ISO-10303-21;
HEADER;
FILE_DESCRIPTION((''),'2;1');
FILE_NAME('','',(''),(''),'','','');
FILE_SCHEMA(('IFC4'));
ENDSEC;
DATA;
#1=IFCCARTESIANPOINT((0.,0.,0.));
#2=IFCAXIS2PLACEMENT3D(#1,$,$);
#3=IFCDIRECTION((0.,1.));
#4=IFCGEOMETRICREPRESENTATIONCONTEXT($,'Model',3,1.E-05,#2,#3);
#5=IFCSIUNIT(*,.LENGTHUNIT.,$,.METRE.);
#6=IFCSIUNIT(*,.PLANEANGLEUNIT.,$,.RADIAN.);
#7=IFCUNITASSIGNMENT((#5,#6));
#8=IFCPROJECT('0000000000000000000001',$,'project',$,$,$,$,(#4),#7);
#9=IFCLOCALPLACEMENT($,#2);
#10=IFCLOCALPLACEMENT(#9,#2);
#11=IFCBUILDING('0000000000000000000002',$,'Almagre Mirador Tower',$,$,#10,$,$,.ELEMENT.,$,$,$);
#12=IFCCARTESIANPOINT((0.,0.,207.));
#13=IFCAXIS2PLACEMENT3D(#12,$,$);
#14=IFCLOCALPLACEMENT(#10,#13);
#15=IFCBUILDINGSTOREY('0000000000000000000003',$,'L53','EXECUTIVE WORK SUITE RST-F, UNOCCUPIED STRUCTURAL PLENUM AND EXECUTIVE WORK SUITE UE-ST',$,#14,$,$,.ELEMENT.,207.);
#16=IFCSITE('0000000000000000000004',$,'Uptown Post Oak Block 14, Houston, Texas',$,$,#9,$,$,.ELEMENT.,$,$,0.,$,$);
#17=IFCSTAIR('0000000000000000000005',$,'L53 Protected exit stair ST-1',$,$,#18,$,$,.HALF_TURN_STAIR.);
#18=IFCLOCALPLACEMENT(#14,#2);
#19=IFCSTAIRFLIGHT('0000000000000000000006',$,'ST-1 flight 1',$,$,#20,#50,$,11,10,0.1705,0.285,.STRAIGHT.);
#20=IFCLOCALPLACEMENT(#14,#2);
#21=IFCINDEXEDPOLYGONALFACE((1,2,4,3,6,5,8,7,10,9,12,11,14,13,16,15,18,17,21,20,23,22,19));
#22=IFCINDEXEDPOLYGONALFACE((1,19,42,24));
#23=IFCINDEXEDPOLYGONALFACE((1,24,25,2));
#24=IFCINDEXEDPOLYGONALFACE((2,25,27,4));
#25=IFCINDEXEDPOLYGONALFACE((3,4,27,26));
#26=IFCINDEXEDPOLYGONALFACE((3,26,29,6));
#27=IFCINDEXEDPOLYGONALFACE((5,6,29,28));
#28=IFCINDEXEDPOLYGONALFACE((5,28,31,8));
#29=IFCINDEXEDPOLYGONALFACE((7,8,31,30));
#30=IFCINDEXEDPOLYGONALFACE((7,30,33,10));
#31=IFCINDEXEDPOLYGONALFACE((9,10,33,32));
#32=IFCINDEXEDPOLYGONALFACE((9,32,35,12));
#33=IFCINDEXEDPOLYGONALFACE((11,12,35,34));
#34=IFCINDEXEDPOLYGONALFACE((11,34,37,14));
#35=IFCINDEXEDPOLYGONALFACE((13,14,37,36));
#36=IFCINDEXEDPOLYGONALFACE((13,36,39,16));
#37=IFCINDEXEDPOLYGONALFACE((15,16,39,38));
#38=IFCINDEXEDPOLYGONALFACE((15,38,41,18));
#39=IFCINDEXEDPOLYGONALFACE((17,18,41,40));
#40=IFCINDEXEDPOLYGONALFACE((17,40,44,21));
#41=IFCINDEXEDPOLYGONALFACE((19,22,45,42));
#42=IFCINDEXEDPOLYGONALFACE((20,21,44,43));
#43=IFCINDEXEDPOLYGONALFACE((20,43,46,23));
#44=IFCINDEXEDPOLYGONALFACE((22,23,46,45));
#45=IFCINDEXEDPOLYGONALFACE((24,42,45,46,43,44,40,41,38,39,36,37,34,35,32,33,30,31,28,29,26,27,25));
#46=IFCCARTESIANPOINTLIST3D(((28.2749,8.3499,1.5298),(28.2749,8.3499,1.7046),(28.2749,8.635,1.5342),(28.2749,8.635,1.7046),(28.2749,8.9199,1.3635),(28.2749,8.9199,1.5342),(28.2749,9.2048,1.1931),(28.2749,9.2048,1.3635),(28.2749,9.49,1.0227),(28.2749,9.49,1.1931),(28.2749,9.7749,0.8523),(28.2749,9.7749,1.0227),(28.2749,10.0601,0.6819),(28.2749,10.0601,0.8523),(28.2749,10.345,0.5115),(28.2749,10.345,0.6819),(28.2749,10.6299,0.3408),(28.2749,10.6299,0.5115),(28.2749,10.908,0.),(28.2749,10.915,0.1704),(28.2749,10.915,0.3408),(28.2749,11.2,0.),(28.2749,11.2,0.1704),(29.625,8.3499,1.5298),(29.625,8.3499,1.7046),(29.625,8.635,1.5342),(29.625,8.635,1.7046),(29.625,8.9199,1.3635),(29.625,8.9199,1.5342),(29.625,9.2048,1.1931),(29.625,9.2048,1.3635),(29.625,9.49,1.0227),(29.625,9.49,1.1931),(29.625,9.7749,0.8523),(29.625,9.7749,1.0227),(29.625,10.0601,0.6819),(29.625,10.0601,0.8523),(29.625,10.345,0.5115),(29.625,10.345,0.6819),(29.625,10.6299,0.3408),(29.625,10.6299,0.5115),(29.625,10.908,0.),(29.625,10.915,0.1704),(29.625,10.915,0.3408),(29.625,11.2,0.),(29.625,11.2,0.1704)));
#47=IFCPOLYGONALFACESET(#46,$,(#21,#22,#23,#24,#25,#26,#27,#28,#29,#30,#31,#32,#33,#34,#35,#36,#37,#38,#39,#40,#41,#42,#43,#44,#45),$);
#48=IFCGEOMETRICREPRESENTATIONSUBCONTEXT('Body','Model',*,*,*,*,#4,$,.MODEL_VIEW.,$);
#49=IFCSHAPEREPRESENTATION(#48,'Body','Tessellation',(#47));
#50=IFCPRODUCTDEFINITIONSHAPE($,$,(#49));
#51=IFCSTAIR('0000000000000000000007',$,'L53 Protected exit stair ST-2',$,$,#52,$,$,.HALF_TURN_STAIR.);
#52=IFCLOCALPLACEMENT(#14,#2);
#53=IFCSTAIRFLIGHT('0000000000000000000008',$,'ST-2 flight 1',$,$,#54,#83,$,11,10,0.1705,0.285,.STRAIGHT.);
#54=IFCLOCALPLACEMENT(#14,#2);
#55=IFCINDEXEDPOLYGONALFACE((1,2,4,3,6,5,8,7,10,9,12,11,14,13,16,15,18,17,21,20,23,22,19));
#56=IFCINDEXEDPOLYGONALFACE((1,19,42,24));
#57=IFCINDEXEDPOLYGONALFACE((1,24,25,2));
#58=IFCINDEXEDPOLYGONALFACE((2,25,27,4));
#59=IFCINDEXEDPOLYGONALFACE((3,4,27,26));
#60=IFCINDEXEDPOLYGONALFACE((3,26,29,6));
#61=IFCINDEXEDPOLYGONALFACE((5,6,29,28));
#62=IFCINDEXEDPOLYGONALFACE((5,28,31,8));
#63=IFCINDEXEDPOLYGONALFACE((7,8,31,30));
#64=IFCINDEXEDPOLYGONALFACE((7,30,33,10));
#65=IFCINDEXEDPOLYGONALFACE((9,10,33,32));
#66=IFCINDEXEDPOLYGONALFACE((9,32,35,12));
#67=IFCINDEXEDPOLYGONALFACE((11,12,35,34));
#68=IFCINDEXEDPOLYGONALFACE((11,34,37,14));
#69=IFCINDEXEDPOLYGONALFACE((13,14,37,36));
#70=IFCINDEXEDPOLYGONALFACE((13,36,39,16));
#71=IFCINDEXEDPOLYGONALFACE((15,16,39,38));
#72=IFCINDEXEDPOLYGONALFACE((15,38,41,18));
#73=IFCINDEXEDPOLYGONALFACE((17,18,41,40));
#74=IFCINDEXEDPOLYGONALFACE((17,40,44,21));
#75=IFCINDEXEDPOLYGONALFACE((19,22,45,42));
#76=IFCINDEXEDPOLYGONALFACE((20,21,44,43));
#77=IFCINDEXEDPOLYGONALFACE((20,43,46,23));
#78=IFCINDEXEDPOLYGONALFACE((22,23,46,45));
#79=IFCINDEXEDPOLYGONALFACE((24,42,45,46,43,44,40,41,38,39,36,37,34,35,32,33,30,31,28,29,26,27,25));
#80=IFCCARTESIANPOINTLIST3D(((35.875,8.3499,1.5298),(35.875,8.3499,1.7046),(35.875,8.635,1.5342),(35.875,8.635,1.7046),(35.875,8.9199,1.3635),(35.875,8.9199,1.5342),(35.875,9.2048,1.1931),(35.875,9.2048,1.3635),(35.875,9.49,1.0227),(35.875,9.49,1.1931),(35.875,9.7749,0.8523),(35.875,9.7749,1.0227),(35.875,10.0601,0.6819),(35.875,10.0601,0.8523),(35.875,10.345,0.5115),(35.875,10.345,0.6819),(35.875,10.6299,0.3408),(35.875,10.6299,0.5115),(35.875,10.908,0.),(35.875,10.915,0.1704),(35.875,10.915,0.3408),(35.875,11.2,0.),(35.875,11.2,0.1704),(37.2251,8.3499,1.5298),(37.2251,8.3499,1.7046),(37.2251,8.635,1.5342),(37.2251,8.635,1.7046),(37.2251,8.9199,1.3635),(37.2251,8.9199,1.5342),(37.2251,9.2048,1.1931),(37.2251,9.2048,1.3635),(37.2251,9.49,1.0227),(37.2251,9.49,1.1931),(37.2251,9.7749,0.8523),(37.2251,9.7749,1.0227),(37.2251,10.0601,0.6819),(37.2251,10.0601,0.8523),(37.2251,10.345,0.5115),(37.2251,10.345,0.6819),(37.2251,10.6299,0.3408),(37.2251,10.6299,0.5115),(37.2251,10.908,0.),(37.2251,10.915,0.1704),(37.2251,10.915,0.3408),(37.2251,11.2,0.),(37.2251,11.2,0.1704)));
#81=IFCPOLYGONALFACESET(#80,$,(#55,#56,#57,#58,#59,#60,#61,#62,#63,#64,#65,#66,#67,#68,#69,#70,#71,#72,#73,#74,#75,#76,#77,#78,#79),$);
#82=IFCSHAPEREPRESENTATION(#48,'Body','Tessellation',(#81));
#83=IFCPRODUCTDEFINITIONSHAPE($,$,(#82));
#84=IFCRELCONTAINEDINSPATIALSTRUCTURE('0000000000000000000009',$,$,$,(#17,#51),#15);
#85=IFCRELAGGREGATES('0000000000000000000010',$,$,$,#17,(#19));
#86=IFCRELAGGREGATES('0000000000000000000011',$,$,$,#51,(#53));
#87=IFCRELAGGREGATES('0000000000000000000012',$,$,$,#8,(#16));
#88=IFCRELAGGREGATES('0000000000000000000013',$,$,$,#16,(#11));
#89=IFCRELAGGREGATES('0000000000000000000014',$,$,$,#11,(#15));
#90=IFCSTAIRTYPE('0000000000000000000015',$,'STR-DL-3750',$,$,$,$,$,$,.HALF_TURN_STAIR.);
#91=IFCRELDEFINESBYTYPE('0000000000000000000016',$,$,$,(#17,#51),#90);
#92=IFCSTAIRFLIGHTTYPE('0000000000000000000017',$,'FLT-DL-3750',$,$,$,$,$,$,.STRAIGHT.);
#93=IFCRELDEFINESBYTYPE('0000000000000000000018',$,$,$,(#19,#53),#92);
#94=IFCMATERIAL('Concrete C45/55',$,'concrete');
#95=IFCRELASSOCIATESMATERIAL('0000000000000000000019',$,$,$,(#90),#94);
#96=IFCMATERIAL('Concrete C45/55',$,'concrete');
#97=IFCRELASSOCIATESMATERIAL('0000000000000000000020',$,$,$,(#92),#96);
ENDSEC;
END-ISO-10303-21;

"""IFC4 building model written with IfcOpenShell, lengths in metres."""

from ifc_helpers import new_model, si_unit, direction, frame, origin, place, context, subcontext, project, spatial, polyline, outline, extrude, material, type_object, element, aggregate, save


model = new_model("IFC4")

# Units and contexts
model_context = context("Model", 3, precision=1e-05, world=origin(), true_north=direction((0.0, 1.0)))
body_context = subcontext(model_context, "Body", "Model", "MODEL_VIEW")
ifc_project = project(units=[si_unit("LENGTHUNIT", "METRE"), si_unit("PLANEANGLEUNIT", "RADIAN")], contexts=[model_context])

# Site, building, storey
site_placement = place(None, origin())
site = spatial("IfcSite", under=ifc_project, at=site_placement, Name="Uptown Post Oak Block 14, Houston, Texas", CompositionType="ELEMENT", RefElevation=0.0)
building_placement = place(site_placement, origin())
building = spatial("IfcBuilding", under=site, at=building_placement, Name="Almagre Mirador Tower", CompositionType="ELEMENT")
storey_placement = place(building_placement, frame((0.0, 0.0, 207.0)))
storey = spatial("IfcBuildingStorey", under=building, at=storey_placement, Name="L53", Description="EXECUTIVE WORK SUITE RST-F, UNOCCUPIED STRUCTURAL PLENUM AND EXECUTIVE WORK SUITE UE-ST", CompositionType="ELEMENT", Elevation=207.0)

# Stairs, stair flights
ifc_material_1 = material(Name="Concrete C45/55", Category="concrete")
stair_type = type_object("IfcStairType", Name="STR-DL-3750", PredefinedType="HALF_TURN_STAIR", material=ifc_material_1)
stair_1_placement = place(storey_placement, origin())
stair_1 = element("IfcStair", 1, at=stair_1_placement, inside=storey, type_object=stair_type, Name="L53 Protected exit stair ST-1", PredefinedType="HALF_TURN_STAIR")
ifc_material_2 = material(Name="Concrete C45/55", Category="concrete")
stair_flight_type = type_object("IfcStairFlightType", Name="FLT-DL-3750", PredefinedType="STRAIGHT", material=ifc_material_2)
stair_flight_1_placement = place(storey_placement, frame((28.95, 11.2, 0.0), z_axis=(0.0, 0.0, 1.0), x_axis=(0.0, -1.0, 0.0)))
stair_flight_1 = element("IfcStairFlight", 2, at=stair_flight_1_placement, type_object=stair_flight_type, Name="ST-1 flight 1", NumberOfRisers=11, NumberOfTreads=10, PredefinedType="STRAIGHT", RiserHeight=0.1705, TreadLength=0.285, context=body_context, shape_type="SweptSolid", body=[
    extrude(outline(polyline([(0.0, 0.0), (0.0, 0.1704), (0.2849, 0.1704), (0.2849, 0.3408), (0.5701, 0.3408), (0.5701, 0.5115), (0.855, 0.5115), (0.855, 0.6819), (1.1399, 0.6819), (1.1399, 0.8523), (1.425, 0.8523), (1.425, 1.0227), (1.71, 1.0227), (1.71, 1.1931), (1.9951, 1.1931), (1.9951, 1.3635), (2.28, 1.3635), (2.28, 1.5342), (2.5649, 1.5342), (2.5649, 1.7046), (2.8501, 1.7046), (2.8501, 1.875), (2.8501, 1.5298), (0.292, 0.0), (0.0, 0.0)])), frame((0.0, 0.675, 0.0), z_axis=(0.0, -1.0, 0.0), x_axis=(1.0, 0.0, 0.0)), (0.0, 0.0, 1.0), 1.3501),
])
aggregate(stair_1, [stair_flight_1])
stair_2_placement = place(storey_placement, origin())
stair_2 = element("IfcStair", 3, at=stair_2_placement, inside=storey, type_object=stair_type, Name="L53 Protected exit stair ST-2", PredefinedType="HALF_TURN_STAIR")
stair_flight_2_placement = place(storey_placement, frame((36.55, 11.2, 0.0), z_axis=(0.0, 0.0, 1.0), x_axis=(0.0, -1.0, 0.0)))
stair_flight_2 = element("IfcStairFlight", 4, at=stair_flight_2_placement, type_object=stair_flight_type, Name="ST-2 flight 1", NumberOfRisers=11, NumberOfTreads=10, PredefinedType="STRAIGHT", RiserHeight=0.1705, TreadLength=0.285, context=body_context, shape_type="SweptSolid", body=[
    extrude(outline(polyline([(0.0, 0.0), (0.0, 0.1704), (0.2849, 0.1704), (0.2849, 0.3408), (0.5701, 0.3408), (0.5701, 0.5115), (0.855, 0.5115), (0.855, 0.6819), (1.1399, 0.6819), (1.1399, 0.8523), (1.425, 0.8523), (1.425, 1.0227), (1.71, 1.0227), (1.71, 1.1931), (1.9951, 1.1931), (1.9951, 1.3635), (2.28, 1.3635), (2.28, 1.5342), (2.5649, 1.5342), (2.5649, 1.7046), (2.8501, 1.7046), (2.8501, 1.875), (2.8501, 1.5298), (0.292, 0.0), (0.0, 0.0)])), frame((0.0, 0.675, 0.0), z_axis=(0.0, -1.0, 0.0), x_axis=(1.0, 0.0, 0.0)), (0.0, 0.0, 1.0), 1.3501),
])
aggregate(stair_2, [stair_flight_2])

save(model, "model.ifc")
